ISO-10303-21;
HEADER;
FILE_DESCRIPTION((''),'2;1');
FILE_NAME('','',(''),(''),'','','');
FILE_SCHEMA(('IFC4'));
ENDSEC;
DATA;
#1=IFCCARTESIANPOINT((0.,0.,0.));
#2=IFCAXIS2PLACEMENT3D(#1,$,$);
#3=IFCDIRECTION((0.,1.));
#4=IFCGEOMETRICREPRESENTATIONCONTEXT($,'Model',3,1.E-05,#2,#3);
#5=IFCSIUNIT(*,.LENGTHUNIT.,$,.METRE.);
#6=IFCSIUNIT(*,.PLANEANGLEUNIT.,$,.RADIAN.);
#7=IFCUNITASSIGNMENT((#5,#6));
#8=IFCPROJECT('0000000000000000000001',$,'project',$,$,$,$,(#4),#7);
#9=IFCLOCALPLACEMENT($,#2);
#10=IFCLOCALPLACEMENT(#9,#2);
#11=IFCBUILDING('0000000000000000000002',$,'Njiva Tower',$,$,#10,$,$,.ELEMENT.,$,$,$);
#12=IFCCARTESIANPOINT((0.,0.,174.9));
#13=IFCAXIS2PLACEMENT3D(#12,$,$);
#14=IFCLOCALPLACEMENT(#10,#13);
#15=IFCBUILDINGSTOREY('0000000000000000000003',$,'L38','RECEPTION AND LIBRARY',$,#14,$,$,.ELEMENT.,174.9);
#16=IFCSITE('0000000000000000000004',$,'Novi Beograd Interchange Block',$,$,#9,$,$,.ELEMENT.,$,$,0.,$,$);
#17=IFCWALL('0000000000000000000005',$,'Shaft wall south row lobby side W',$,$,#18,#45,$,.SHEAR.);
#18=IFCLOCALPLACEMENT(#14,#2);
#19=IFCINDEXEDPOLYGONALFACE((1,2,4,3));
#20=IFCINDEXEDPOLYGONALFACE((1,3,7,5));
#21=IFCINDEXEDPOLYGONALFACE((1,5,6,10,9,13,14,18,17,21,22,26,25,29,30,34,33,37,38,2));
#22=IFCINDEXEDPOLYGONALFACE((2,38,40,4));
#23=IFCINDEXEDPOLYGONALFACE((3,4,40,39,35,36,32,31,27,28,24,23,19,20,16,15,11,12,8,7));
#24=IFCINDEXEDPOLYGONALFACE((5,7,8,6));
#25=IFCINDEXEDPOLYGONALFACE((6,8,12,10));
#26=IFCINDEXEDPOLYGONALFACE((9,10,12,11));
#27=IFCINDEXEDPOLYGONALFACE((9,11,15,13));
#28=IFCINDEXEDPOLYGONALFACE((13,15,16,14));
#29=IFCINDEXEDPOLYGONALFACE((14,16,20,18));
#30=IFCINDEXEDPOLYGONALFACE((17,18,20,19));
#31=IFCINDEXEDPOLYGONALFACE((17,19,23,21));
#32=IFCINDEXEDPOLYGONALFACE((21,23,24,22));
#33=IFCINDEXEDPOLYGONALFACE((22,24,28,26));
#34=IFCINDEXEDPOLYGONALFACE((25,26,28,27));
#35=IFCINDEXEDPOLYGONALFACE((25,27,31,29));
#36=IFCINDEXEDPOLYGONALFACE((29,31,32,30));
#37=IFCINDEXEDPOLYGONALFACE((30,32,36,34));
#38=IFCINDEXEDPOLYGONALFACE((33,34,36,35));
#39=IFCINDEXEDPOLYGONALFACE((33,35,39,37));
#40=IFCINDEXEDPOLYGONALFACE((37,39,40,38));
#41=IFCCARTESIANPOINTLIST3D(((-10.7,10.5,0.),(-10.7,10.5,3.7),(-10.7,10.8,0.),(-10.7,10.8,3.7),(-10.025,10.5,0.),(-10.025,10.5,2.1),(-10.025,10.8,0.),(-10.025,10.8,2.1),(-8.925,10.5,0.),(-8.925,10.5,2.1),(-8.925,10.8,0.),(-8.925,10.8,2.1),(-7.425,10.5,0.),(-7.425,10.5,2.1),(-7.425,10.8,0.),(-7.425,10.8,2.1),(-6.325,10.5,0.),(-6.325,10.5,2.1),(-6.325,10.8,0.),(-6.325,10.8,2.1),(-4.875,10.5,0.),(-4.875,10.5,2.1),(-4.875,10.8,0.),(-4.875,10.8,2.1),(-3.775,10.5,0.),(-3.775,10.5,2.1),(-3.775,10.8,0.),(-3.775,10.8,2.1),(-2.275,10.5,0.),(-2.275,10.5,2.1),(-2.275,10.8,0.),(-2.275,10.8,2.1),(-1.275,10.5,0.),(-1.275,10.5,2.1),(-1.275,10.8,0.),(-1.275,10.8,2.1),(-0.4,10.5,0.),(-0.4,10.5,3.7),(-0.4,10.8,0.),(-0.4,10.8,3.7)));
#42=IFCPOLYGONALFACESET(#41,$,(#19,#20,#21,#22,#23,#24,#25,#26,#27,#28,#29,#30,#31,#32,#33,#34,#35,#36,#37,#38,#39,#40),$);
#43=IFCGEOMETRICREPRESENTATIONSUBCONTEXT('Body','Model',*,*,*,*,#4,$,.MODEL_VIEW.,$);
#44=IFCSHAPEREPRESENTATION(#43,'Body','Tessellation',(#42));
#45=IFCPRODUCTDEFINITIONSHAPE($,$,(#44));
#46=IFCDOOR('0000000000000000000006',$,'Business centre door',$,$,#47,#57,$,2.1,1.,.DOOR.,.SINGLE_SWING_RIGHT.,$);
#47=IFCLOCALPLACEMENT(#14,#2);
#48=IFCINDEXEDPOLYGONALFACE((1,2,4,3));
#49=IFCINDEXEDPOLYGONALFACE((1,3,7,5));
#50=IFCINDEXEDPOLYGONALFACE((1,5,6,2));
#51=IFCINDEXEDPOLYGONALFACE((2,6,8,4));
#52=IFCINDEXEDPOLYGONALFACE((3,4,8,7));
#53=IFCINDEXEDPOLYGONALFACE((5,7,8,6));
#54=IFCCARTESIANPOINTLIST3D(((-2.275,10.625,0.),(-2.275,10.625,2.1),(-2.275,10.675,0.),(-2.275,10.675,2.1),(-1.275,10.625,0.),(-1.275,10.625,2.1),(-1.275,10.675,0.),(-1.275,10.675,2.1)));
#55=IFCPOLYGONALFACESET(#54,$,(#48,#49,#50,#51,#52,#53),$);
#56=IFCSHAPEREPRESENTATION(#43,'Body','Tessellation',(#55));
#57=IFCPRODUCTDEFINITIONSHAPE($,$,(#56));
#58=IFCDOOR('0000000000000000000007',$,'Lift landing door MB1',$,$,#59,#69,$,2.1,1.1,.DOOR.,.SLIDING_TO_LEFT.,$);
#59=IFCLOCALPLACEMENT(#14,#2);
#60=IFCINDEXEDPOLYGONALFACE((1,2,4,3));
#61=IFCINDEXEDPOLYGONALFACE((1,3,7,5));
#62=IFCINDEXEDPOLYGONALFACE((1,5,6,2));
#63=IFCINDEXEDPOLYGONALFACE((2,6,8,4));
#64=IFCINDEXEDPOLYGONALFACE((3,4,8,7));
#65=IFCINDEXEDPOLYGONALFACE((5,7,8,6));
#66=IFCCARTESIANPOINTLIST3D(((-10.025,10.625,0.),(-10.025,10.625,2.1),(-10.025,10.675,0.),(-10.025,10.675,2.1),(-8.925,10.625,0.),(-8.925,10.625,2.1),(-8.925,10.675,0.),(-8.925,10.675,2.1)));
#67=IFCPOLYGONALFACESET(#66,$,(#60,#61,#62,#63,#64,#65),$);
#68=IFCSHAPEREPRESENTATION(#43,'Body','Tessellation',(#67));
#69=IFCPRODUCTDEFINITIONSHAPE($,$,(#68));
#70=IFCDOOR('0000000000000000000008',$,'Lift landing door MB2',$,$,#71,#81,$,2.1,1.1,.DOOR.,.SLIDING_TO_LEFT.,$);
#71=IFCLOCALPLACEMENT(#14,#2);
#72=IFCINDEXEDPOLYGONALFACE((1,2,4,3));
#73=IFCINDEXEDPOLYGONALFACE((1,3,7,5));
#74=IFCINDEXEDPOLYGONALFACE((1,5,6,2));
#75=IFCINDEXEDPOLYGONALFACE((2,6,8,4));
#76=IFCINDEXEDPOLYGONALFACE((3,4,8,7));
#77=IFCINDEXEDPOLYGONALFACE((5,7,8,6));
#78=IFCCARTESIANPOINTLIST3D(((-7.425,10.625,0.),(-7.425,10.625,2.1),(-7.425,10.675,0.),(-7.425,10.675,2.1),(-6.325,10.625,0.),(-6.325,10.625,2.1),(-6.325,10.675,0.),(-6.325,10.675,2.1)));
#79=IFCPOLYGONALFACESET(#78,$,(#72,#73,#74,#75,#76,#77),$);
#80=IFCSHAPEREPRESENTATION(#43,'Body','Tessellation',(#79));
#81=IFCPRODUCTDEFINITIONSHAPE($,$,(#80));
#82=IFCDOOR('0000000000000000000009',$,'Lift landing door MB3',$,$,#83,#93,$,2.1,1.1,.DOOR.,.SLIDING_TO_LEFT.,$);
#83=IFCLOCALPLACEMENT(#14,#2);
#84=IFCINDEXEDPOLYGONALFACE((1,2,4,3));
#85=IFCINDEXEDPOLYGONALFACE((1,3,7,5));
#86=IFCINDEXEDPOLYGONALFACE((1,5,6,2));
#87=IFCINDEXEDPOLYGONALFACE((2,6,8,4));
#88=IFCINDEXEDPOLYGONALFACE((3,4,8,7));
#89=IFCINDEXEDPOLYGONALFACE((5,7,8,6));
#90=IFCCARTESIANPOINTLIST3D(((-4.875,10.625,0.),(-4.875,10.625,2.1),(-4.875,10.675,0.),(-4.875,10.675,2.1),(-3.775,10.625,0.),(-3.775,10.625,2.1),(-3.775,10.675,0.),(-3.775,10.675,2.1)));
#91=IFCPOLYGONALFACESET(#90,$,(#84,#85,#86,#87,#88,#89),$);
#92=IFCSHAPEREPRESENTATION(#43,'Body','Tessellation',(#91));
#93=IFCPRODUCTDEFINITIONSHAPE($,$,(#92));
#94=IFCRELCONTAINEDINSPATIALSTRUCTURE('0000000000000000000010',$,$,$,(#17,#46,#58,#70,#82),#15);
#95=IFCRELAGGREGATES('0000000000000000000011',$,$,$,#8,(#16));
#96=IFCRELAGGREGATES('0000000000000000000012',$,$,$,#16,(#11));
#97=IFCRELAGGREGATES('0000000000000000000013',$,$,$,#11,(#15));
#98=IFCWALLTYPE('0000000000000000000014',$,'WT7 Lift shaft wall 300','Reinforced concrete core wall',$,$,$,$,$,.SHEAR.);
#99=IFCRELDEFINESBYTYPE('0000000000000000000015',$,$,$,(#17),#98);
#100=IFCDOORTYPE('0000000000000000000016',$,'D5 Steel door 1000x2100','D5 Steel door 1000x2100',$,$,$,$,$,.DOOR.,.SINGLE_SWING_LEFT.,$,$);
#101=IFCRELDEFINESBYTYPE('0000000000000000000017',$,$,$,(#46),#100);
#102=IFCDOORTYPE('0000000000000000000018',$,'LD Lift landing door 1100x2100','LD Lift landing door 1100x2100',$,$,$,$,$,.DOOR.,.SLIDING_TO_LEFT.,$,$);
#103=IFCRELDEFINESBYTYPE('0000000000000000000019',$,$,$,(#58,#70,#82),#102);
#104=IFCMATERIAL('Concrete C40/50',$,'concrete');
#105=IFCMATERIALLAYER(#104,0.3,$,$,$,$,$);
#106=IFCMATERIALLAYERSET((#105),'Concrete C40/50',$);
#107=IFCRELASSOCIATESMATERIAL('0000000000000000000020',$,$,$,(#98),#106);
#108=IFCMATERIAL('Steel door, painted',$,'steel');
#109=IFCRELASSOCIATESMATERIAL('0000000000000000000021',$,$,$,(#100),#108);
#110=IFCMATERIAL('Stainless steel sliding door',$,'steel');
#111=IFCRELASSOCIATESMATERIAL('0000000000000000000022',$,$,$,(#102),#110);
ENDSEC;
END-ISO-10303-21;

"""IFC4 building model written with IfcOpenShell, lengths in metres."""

from ifc_helpers import new_model, si_unit, direction, frame, frame_2d, origin, place, context, subcontext, project, spatial, rectangle, extrude, material, layer, layer_set, type_object, element, fill, save


model = new_model("IFC4")

# Units and contexts
model_context = context("Model", 3, precision=1e-05, world=origin(), true_north=direction((0.0, 1.0)))
body_context = subcontext(model_context, "Body", "Model", "MODEL_VIEW")
ifc_project = project(units=[si_unit("LENGTHUNIT", "METRE"), si_unit("PLANEANGLEUNIT", "RADIAN")], contexts=[model_context])

# Site, building, storey
site_placement = place(None, origin())
site = spatial("IfcSite", under=ifc_project, at=site_placement, Name="Novi Beograd Interchange Block", CompositionType="ELEMENT", RefElevation=0.0)
building_placement = place(site_placement, origin())
building = spatial("IfcBuilding", under=site, at=building_placement, Name="Njiva Tower", CompositionType="ELEMENT")
storey_placement = place(building_placement, frame((0.0, 0.0, 174.9)))
storey = spatial("IfcBuildingStorey", under=building, at=storey_placement, Name="L38", Description="RECEPTION AND LIBRARY", CompositionType="ELEMENT", Elevation=174.9)

# Wall, openings, doors
ifc_material_1 = material(Name="Concrete C40/50", Category="concrete")
ifc_layer_1 = layer(ifc_material_1, 0.3)
ifc_layer_set_1 = layer_set([ifc_layer_1], Name="Concrete C40/50")
wall_type_1 = type_object("IfcWallType", Name="WT7 Lift shaft wall 300", Description="Reinforced concrete core wall", PredefinedType="SHEAR", material=ifc_layer_set_1)
ifc_material_2 = material(Name="Steel door, painted", Category="steel")
door_type_1 = type_object("IfcDoorType", Name="D5 Steel door 1000x2100", Description="D5 Steel door 1000x2100", OperationType="SINGLE_SWING_LEFT", PredefinedType="DOOR", material=ifc_material_2)
ifc_material_3 = material(Name="Stainless steel sliding door", Category="steel")
door_type_2 = type_object("IfcDoorType", Name="LD Lift landing door 1100x2100", Description="LD Lift landing door 1100x2100", OperationType="SLIDING_TO_LEFT", PredefinedType="DOOR", material=ifc_material_3)
wall_1_placement = place(storey_placement, frame((-10.7, 10.65, 0.0), z_axis=(0.0, 0.0, 1.0), x_axis=(1.0, 0.0, 0.0)))
wall_1 = element("IfcWall", 1, at=wall_1_placement, inside=storey, type_object=wall_type_1, Name="Shaft wall south row lobby side W", PredefinedType="SHEAR", context=body_context, shape_type="SweptSolid", body=[
    extrude(rectangle(XDim=10.3, YDim=0.3, at=frame_2d((5.15, 0.0))), origin(), (0.0, 0.0, 1.0), 3.7),
])
opening_1_placement = place(wall_1_placement, frame((0.675, 0.0, 0.0)))
opening_1 = element("IfcOpeningElement", 2, at=opening_1_placement, cuts=wall_1, PredefinedType="OPENING", context=body_context, shape_type="SweptSolid", body=[
    extrude(rectangle(XDim=1.1, YDim=2.1, at=frame_2d((0.55, 1.05))), frame((0.0, 0.16, 0.0), z_axis=(0.0, -1.0, 0.0), x_axis=(1.0, 0.0, 0.0)), (0.0, 0.0, 1.0), 0.32),
])
opening_2_placement = place(wall_1_placement, frame((3.275, 0.0, 0.0)))
opening_2 = element("IfcOpeningElement", 3, at=opening_2_placement, cuts=wall_1, PredefinedType="OPENING", context=body_context, shape_type="SweptSolid", body=[
    extrude(rectangle(XDim=1.1, YDim=2.1, at=frame_2d((0.55, 1.05))), frame((0.0, 0.16, 0.0), z_axis=(0.0, -1.0, 0.0), x_axis=(1.0, 0.0, 0.0)), (0.0, 0.0, 1.0), 0.32),
])
opening_3_placement = place(wall_1_placement, frame((5.825, 0.0, 0.0)))
opening_3 = element("IfcOpeningElement", 4, at=opening_3_placement, cuts=wall_1, PredefinedType="OPENING", context=body_context, shape_type="SweptSolid", body=[
    extrude(rectangle(XDim=1.1, YDim=2.1, at=frame_2d((0.55, 1.05))), frame((0.0, 0.16, 0.0), z_axis=(0.0, -1.0, 0.0), x_axis=(1.0, 0.0, 0.0)), (0.0, 0.0, 1.0), 0.32),
])
opening_4_placement = place(wall_1_placement, frame((8.425, 0.0, 0.0)))
opening_4 = element("IfcOpeningElement", 5, at=opening_4_placement, cuts=wall_1, PredefinedType="OPENING", context=body_context, shape_type="SweptSolid", body=[
    extrude(rectangle(XDim=1.0, YDim=2.1, at=frame_2d((0.5, 1.05))), frame((0.0, 0.16, 0.0), z_axis=(0.0, -1.0, 0.0), x_axis=(1.0, 0.0, 0.0)), (0.0, 0.0, 1.0), 0.32),
])
door_1_placement = place(opening_4_placement, origin())
door_1 = element("IfcDoor", 6, at=door_1_placement, inside=storey, type_object=door_type_1, Name="Business centre door", OperationType="SINGLE_SWING_RIGHT", OverallHeight=2.1, OverallWidth=1.0, PredefinedType="DOOR", context=body_context, shape_type="SweptSolid", body=[
    extrude(rectangle(XDim=1.0, YDim=2.1, at=frame_2d((0.5, 1.05))), frame((0.0, 0.025, 0.0), z_axis=(0.0, -1.0, 0.0), x_axis=(1.0, 0.0, 0.0)), (0.0, 0.0, 1.0), 0.05),
])
fill(opening_4, door_1)
door_2_placement = place(opening_1_placement, origin())
door_2 = element("IfcDoor", 7, at=door_2_placement, inside=storey, type_object=door_type_2, Name="Lift landing door MB1", OperationType="SLIDING_TO_LEFT", OverallHeight=2.1, OverallWidth=1.1, PredefinedType="DOOR", context=body_context, shape_type="SweptSolid", body=[
    extrude(rectangle(XDim=1.1, YDim=2.1, at=frame_2d((0.55, 1.05))), frame((0.0, 0.025, 0.0), z_axis=(0.0, -1.0, 0.0), x_axis=(1.0, 0.0, 0.0)), (0.0, 0.0, 1.0), 0.05),
])
fill(opening_1, door_2)
door_3_placement = place(opening_2_placement, origin())
door_3 = element("IfcDoor", 8, at=door_3_placement, inside=storey, type_object=door_type_2, Name="Lift landing door MB2", OperationType="SLIDING_TO_LEFT", OverallHeight=2.1, OverallWidth=1.1, PredefinedType="DOOR", context=body_context, shape_type="SweptSolid", body=[
    extrude(rectangle(XDim=1.1, YDim=2.1, at=frame_2d((0.55, 1.05))), frame((0.0, 0.025, 0.0), z_axis=(0.0, -1.0, 0.0), x_axis=(1.0, 0.0, 0.0)), (0.0, 0.0, 1.0), 0.05),
])
fill(opening_2, door_3)
door_4_placement = place(opening_3_placement, origin())
door_4 = element("IfcDoor", 9, at=door_4_placement, inside=storey, type_object=door_type_2, Name="Lift landing door MB3", OperationType="SLIDING_TO_LEFT", OverallHeight=2.1, OverallWidth=1.1, PredefinedType="DOOR", context=body_context, shape_type="SweptSolid", body=[
    extrude(rectangle(XDim=1.1, YDim=2.1, at=frame_2d((0.55, 1.05))), frame((0.0, 0.025, 0.0), z_axis=(0.0, -1.0, 0.0), x_axis=(1.0, 0.0, 0.0)), (0.0, 0.0, 1.0), 0.05),
])
fill(opening_3, door_4)

save(model, "model.ifc")
